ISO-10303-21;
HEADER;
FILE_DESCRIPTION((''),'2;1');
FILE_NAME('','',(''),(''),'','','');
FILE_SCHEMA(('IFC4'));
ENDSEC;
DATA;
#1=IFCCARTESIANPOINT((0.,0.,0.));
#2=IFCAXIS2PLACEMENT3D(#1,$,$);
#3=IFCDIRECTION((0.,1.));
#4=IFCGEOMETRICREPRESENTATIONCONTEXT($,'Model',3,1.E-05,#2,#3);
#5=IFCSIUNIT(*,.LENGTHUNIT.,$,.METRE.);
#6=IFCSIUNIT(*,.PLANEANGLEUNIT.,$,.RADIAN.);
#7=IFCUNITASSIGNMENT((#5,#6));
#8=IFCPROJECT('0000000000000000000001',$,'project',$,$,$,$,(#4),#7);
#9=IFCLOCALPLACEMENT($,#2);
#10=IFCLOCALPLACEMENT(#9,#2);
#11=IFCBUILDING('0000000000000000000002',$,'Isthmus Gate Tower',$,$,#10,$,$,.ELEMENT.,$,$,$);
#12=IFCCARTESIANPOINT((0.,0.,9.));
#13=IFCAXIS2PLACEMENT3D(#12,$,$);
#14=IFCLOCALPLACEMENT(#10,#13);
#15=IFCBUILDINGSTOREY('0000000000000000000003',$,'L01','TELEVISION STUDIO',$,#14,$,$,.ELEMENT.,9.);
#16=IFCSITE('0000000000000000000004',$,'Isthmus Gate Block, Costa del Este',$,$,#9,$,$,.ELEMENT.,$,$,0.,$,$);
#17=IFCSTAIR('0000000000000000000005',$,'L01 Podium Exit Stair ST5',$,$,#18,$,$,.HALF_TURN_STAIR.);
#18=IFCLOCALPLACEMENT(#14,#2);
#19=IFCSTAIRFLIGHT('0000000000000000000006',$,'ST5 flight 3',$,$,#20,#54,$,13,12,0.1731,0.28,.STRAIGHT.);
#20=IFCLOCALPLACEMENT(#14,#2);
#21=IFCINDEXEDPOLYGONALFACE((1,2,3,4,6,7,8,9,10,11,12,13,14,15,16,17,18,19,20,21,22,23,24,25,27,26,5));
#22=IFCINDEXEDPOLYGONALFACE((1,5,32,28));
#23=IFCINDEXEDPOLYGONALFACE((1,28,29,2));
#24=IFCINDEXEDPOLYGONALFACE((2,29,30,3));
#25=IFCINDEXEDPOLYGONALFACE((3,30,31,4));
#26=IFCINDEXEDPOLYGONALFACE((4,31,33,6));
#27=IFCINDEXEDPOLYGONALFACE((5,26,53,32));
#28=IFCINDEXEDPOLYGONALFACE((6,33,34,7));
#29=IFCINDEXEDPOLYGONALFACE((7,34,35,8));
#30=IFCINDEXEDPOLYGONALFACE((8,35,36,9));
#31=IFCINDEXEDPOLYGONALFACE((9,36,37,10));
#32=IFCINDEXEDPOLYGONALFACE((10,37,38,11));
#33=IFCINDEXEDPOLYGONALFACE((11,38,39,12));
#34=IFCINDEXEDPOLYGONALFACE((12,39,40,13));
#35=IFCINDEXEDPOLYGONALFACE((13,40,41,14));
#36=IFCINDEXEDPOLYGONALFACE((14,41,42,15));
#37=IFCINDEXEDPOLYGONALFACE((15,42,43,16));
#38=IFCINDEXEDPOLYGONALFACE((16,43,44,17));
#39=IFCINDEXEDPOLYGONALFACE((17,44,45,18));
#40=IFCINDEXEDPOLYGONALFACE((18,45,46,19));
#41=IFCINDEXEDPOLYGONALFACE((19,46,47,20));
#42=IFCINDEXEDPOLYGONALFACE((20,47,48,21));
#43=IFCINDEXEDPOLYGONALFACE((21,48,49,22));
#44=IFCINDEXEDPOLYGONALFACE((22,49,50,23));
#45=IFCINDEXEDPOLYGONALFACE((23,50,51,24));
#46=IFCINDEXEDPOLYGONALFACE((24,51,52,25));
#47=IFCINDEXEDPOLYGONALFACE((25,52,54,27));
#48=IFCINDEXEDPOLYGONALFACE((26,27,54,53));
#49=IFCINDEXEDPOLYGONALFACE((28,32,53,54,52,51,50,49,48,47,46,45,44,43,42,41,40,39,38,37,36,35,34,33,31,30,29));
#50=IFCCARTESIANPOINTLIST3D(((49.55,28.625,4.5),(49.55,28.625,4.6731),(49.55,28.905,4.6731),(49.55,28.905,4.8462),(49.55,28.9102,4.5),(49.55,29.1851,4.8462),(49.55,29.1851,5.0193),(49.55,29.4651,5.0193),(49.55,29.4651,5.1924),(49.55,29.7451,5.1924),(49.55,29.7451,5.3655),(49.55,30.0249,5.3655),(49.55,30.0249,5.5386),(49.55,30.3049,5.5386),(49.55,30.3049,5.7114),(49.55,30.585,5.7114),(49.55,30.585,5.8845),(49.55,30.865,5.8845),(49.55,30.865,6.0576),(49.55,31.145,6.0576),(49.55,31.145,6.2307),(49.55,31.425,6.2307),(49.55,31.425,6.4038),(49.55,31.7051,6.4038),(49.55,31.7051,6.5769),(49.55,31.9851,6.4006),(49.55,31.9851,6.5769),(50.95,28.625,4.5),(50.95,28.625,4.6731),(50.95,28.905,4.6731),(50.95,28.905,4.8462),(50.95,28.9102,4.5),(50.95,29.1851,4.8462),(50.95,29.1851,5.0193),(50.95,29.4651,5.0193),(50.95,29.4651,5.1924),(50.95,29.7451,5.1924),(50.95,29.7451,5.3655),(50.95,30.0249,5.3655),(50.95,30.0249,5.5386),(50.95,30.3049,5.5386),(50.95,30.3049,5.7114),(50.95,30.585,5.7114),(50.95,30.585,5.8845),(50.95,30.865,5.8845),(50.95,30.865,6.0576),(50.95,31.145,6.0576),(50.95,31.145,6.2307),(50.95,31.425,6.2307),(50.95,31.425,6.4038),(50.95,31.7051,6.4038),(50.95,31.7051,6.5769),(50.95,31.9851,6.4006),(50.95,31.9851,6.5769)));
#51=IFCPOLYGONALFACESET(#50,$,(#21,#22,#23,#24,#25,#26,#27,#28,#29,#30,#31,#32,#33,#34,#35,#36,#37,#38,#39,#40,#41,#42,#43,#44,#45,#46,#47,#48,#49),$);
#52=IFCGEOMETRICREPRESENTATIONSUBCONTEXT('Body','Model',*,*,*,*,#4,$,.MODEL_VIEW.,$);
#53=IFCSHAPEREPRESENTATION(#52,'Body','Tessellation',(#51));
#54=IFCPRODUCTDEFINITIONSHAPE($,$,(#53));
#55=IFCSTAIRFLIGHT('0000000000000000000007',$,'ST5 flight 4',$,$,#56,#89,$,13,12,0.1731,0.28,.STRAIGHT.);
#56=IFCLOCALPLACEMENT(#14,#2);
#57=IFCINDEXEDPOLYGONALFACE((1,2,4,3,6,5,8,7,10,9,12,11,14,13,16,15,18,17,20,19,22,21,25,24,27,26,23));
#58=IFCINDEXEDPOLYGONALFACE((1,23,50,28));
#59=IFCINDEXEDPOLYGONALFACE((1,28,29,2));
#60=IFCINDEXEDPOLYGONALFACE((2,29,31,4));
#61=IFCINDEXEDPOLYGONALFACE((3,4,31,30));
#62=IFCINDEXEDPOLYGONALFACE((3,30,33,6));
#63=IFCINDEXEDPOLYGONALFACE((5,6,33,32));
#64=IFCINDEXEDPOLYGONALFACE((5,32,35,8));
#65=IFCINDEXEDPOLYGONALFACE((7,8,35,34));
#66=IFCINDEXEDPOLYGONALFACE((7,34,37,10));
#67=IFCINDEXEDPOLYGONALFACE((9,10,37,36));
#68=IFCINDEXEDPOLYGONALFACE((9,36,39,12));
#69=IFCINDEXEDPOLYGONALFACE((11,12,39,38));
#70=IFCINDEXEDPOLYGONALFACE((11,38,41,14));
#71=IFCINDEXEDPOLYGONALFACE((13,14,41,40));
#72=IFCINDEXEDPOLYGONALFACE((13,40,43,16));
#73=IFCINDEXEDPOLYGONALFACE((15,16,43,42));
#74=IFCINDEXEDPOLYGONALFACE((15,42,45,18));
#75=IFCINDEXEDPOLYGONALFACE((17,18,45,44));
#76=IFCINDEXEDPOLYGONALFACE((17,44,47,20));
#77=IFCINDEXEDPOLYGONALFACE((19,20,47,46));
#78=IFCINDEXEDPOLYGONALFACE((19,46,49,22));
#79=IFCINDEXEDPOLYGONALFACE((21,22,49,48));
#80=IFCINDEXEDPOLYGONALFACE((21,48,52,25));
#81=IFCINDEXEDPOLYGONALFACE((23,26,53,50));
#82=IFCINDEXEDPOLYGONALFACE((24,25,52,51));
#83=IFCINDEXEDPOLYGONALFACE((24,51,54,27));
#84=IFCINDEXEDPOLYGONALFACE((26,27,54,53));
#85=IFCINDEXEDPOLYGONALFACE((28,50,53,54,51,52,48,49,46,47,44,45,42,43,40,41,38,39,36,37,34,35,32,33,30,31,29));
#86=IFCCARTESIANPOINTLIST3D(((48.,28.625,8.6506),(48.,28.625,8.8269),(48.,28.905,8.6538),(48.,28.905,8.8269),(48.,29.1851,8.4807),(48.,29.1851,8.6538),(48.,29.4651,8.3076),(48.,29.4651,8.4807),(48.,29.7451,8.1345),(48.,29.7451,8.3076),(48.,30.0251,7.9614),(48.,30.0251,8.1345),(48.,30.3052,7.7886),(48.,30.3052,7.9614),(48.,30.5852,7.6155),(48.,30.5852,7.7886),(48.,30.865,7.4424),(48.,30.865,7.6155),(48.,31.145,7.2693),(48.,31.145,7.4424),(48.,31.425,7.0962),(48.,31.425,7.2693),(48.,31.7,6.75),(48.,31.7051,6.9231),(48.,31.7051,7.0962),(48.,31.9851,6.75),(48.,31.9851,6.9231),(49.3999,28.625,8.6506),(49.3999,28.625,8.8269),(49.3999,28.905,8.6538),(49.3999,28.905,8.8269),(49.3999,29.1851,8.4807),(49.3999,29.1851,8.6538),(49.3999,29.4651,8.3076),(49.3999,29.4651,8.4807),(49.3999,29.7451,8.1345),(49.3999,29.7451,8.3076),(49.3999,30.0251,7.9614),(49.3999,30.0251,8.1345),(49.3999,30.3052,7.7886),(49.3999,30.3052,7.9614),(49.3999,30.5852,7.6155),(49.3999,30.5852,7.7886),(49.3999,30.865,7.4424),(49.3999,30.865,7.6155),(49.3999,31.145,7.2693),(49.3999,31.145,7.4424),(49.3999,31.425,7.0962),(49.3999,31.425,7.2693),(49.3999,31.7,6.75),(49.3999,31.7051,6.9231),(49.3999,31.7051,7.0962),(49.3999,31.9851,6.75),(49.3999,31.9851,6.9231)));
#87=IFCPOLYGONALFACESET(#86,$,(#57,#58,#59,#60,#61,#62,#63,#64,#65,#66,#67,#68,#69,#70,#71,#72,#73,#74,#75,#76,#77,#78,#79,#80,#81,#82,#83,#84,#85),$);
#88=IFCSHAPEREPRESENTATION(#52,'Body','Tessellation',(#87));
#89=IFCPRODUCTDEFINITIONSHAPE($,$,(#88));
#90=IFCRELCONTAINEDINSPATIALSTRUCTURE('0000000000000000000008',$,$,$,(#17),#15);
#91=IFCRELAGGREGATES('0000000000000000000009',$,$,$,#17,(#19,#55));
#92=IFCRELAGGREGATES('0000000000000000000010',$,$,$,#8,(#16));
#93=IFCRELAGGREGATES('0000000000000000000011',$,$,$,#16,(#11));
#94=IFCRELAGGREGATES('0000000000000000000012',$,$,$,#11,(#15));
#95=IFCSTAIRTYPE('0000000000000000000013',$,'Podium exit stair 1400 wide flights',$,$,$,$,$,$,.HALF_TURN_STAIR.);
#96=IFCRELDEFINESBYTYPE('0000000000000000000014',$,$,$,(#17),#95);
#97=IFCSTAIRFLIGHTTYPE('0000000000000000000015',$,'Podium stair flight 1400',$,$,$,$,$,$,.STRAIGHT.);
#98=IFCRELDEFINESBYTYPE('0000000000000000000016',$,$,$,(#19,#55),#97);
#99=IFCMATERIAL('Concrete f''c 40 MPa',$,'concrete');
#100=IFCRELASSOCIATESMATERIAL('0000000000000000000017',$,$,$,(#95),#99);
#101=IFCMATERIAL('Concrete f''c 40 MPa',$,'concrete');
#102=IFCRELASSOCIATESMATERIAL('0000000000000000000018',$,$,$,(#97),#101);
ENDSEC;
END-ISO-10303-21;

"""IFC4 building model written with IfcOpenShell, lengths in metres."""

from ifc_helpers import new_model, si_unit, direction, frame, origin, place, context, subcontext, project, spatial, polyline, outline, extrude, material, type_object, element, aggregate, save


model = new_model("IFC4")

# Units and contexts
model_context = context("Model", 3, precision=1e-05, world=origin(), true_north=direction((0.0, 1.0)))
body_context = subcontext(model_context, "Body", "Model", "MODEL_VIEW")
ifc_project = project(units=[si_unit("LENGTHUNIT", "METRE"), si_unit("PLANEANGLEUNIT", "RADIAN")], contexts=[model_context])

# Site, building, storey
site_placement = place(None, origin())
site = spatial("IfcSite", under=ifc_project, at=site_placement, Name="Isthmus Gate Block, Costa del Este", CompositionType="ELEMENT", RefElevation=0.0)
building_placement = place(site_placement, origin())
building = spatial("IfcBuilding", under=site, at=building_placement, Name="Isthmus Gate Tower", CompositionType="ELEMENT")
storey_placement = place(building_placement, frame((0.0, 0.0, 9.0)))
storey = spatial("IfcBuildingStorey", under=building, at=storey_placement, Name="L01", Description="TELEVISION STUDIO", CompositionType="ELEMENT", Elevation=9.0)

# Stair, stair flights
ifc_material_1 = material(Name="Concrete f'c 40 MPa", Category="concrete")
stair_type = type_object("IfcStairType", Name="Podium exit stair 1400 wide flights", PredefinedType="HALF_TURN_STAIR", material=ifc_material_1)
stair_placement = place(storey_placement, origin())
stair = element("IfcStair", 1, at=stair_placement, inside=storey, type_object=stair_type, Name="L01 Podium Exit Stair ST5", PredefinedType="HALF_TURN_STAIR")
ifc_material_2 = material(Name="Concrete f'c 40 MPa", Category="concrete")
stair_flight_type = type_object("IfcStairFlightType", Name="Podium stair flight 1400", PredefinedType="STRAIGHT", material=ifc_material_2)
stair_flight_1_placement = place(storey_placement, frame((50.25, 28.625, 4.5), z_axis=(0.0, 0.0, 1.0), x_axis=(0.0, 1.0, 0.0)))
stair_flight_1 = element("IfcStairFlight", 2, at=stair_flight_1_placement, type_object=stair_flight_type, Name="ST5 flight 3", NumberOfRisers=13, NumberOfTreads=12, PredefinedType="STRAIGHT", RiserHeight=0.1731, TreadLength=0.28, context=body_context, shape_type="SweptSolid", body=[
    extrude(outline(polyline([(0.0, 0.0), (0.0, 0.1731), (0.28, 0.1731), (0.28, 0.3462), (0.5601, 0.3462), (0.5601, 0.5193), (0.8401, 0.5193), (0.8401, 0.6924), (1.1201, 0.6924), (1.1201, 0.8655), (1.3999, 0.8655), (1.3999, 1.0386), (1.6799, 1.0386), (1.6799, 1.2114), (1.96, 1.2114), (1.96, 1.3845), (2.24, 1.3845), (2.24, 1.5576), (2.52, 1.5576), (2.52, 1.7307), (2.8, 1.7307), (2.8, 1.9038), (3.0801, 1.9038), (3.0801, 2.0769), (3.3601, 2.0769), (3.3601, 2.25), (3.3601, 1.9006), (0.2852, 0.0), (0.0, 0.0)])), frame((0.0, 0.7, 0.0), z_axis=(0.0, -1.0, 0.0), x_axis=(1.0, 0.0, 0.0)), (0.0, 0.0, 1.0), 1.3999),
])
stair_flight_2_placement = place(storey_placement, frame((48.7, 31.9851, 6.75), z_axis=(0.0, 0.0, 1.0), x_axis=(0.0, -1.0, 0.0)))
stair_flight_2 = element("IfcStairFlight", 3, at=stair_flight_2_placement, type_object=stair_flight_type, Name="ST5 flight 4", NumberOfRisers=13, NumberOfTreads=12, PredefinedType="STRAIGHT", RiserHeight=0.1731, TreadLength=0.28, context=body_context, shape_type="SweptSolid", body=[
    extrude(outline(polyline([(0.0, 0.0), (0.0, 0.1731), (0.28, 0.1731), (0.28, 0.3462), (0.5601, 0.3462), (0.5601, 0.5193), (0.8401, 0.5193), (0.8401, 0.6924), (1.1201, 0.6924), (1.1201, 0.8655), (1.3999, 0.8655), (1.3999, 1.0386), (1.6799, 1.0386), (1.6799, 1.2114), (1.96, 1.2114), (1.96, 1.3845), (2.24, 1.3845), (2.24, 1.5576), (2.52, 1.5576), (2.52, 1.7307), (2.8, 1.7307), (2.8, 1.9038), (3.0801, 1.9038), (3.0801, 2.0769), (3.3601, 2.0769), (3.3601, 2.25), (3.3601, 1.9006), (0.2852, 0.0), (0.0, 0.0)])), frame((0.0, 0.7, 0.0), z_axis=(0.0, -1.0, 0.0), x_axis=(1.0, 0.0, 0.0)), (0.0, 0.0, 1.0), 1.3999),
])
aggregate(stair, [stair_flight_1, stair_flight_2])

save(model, "model.ifc")
